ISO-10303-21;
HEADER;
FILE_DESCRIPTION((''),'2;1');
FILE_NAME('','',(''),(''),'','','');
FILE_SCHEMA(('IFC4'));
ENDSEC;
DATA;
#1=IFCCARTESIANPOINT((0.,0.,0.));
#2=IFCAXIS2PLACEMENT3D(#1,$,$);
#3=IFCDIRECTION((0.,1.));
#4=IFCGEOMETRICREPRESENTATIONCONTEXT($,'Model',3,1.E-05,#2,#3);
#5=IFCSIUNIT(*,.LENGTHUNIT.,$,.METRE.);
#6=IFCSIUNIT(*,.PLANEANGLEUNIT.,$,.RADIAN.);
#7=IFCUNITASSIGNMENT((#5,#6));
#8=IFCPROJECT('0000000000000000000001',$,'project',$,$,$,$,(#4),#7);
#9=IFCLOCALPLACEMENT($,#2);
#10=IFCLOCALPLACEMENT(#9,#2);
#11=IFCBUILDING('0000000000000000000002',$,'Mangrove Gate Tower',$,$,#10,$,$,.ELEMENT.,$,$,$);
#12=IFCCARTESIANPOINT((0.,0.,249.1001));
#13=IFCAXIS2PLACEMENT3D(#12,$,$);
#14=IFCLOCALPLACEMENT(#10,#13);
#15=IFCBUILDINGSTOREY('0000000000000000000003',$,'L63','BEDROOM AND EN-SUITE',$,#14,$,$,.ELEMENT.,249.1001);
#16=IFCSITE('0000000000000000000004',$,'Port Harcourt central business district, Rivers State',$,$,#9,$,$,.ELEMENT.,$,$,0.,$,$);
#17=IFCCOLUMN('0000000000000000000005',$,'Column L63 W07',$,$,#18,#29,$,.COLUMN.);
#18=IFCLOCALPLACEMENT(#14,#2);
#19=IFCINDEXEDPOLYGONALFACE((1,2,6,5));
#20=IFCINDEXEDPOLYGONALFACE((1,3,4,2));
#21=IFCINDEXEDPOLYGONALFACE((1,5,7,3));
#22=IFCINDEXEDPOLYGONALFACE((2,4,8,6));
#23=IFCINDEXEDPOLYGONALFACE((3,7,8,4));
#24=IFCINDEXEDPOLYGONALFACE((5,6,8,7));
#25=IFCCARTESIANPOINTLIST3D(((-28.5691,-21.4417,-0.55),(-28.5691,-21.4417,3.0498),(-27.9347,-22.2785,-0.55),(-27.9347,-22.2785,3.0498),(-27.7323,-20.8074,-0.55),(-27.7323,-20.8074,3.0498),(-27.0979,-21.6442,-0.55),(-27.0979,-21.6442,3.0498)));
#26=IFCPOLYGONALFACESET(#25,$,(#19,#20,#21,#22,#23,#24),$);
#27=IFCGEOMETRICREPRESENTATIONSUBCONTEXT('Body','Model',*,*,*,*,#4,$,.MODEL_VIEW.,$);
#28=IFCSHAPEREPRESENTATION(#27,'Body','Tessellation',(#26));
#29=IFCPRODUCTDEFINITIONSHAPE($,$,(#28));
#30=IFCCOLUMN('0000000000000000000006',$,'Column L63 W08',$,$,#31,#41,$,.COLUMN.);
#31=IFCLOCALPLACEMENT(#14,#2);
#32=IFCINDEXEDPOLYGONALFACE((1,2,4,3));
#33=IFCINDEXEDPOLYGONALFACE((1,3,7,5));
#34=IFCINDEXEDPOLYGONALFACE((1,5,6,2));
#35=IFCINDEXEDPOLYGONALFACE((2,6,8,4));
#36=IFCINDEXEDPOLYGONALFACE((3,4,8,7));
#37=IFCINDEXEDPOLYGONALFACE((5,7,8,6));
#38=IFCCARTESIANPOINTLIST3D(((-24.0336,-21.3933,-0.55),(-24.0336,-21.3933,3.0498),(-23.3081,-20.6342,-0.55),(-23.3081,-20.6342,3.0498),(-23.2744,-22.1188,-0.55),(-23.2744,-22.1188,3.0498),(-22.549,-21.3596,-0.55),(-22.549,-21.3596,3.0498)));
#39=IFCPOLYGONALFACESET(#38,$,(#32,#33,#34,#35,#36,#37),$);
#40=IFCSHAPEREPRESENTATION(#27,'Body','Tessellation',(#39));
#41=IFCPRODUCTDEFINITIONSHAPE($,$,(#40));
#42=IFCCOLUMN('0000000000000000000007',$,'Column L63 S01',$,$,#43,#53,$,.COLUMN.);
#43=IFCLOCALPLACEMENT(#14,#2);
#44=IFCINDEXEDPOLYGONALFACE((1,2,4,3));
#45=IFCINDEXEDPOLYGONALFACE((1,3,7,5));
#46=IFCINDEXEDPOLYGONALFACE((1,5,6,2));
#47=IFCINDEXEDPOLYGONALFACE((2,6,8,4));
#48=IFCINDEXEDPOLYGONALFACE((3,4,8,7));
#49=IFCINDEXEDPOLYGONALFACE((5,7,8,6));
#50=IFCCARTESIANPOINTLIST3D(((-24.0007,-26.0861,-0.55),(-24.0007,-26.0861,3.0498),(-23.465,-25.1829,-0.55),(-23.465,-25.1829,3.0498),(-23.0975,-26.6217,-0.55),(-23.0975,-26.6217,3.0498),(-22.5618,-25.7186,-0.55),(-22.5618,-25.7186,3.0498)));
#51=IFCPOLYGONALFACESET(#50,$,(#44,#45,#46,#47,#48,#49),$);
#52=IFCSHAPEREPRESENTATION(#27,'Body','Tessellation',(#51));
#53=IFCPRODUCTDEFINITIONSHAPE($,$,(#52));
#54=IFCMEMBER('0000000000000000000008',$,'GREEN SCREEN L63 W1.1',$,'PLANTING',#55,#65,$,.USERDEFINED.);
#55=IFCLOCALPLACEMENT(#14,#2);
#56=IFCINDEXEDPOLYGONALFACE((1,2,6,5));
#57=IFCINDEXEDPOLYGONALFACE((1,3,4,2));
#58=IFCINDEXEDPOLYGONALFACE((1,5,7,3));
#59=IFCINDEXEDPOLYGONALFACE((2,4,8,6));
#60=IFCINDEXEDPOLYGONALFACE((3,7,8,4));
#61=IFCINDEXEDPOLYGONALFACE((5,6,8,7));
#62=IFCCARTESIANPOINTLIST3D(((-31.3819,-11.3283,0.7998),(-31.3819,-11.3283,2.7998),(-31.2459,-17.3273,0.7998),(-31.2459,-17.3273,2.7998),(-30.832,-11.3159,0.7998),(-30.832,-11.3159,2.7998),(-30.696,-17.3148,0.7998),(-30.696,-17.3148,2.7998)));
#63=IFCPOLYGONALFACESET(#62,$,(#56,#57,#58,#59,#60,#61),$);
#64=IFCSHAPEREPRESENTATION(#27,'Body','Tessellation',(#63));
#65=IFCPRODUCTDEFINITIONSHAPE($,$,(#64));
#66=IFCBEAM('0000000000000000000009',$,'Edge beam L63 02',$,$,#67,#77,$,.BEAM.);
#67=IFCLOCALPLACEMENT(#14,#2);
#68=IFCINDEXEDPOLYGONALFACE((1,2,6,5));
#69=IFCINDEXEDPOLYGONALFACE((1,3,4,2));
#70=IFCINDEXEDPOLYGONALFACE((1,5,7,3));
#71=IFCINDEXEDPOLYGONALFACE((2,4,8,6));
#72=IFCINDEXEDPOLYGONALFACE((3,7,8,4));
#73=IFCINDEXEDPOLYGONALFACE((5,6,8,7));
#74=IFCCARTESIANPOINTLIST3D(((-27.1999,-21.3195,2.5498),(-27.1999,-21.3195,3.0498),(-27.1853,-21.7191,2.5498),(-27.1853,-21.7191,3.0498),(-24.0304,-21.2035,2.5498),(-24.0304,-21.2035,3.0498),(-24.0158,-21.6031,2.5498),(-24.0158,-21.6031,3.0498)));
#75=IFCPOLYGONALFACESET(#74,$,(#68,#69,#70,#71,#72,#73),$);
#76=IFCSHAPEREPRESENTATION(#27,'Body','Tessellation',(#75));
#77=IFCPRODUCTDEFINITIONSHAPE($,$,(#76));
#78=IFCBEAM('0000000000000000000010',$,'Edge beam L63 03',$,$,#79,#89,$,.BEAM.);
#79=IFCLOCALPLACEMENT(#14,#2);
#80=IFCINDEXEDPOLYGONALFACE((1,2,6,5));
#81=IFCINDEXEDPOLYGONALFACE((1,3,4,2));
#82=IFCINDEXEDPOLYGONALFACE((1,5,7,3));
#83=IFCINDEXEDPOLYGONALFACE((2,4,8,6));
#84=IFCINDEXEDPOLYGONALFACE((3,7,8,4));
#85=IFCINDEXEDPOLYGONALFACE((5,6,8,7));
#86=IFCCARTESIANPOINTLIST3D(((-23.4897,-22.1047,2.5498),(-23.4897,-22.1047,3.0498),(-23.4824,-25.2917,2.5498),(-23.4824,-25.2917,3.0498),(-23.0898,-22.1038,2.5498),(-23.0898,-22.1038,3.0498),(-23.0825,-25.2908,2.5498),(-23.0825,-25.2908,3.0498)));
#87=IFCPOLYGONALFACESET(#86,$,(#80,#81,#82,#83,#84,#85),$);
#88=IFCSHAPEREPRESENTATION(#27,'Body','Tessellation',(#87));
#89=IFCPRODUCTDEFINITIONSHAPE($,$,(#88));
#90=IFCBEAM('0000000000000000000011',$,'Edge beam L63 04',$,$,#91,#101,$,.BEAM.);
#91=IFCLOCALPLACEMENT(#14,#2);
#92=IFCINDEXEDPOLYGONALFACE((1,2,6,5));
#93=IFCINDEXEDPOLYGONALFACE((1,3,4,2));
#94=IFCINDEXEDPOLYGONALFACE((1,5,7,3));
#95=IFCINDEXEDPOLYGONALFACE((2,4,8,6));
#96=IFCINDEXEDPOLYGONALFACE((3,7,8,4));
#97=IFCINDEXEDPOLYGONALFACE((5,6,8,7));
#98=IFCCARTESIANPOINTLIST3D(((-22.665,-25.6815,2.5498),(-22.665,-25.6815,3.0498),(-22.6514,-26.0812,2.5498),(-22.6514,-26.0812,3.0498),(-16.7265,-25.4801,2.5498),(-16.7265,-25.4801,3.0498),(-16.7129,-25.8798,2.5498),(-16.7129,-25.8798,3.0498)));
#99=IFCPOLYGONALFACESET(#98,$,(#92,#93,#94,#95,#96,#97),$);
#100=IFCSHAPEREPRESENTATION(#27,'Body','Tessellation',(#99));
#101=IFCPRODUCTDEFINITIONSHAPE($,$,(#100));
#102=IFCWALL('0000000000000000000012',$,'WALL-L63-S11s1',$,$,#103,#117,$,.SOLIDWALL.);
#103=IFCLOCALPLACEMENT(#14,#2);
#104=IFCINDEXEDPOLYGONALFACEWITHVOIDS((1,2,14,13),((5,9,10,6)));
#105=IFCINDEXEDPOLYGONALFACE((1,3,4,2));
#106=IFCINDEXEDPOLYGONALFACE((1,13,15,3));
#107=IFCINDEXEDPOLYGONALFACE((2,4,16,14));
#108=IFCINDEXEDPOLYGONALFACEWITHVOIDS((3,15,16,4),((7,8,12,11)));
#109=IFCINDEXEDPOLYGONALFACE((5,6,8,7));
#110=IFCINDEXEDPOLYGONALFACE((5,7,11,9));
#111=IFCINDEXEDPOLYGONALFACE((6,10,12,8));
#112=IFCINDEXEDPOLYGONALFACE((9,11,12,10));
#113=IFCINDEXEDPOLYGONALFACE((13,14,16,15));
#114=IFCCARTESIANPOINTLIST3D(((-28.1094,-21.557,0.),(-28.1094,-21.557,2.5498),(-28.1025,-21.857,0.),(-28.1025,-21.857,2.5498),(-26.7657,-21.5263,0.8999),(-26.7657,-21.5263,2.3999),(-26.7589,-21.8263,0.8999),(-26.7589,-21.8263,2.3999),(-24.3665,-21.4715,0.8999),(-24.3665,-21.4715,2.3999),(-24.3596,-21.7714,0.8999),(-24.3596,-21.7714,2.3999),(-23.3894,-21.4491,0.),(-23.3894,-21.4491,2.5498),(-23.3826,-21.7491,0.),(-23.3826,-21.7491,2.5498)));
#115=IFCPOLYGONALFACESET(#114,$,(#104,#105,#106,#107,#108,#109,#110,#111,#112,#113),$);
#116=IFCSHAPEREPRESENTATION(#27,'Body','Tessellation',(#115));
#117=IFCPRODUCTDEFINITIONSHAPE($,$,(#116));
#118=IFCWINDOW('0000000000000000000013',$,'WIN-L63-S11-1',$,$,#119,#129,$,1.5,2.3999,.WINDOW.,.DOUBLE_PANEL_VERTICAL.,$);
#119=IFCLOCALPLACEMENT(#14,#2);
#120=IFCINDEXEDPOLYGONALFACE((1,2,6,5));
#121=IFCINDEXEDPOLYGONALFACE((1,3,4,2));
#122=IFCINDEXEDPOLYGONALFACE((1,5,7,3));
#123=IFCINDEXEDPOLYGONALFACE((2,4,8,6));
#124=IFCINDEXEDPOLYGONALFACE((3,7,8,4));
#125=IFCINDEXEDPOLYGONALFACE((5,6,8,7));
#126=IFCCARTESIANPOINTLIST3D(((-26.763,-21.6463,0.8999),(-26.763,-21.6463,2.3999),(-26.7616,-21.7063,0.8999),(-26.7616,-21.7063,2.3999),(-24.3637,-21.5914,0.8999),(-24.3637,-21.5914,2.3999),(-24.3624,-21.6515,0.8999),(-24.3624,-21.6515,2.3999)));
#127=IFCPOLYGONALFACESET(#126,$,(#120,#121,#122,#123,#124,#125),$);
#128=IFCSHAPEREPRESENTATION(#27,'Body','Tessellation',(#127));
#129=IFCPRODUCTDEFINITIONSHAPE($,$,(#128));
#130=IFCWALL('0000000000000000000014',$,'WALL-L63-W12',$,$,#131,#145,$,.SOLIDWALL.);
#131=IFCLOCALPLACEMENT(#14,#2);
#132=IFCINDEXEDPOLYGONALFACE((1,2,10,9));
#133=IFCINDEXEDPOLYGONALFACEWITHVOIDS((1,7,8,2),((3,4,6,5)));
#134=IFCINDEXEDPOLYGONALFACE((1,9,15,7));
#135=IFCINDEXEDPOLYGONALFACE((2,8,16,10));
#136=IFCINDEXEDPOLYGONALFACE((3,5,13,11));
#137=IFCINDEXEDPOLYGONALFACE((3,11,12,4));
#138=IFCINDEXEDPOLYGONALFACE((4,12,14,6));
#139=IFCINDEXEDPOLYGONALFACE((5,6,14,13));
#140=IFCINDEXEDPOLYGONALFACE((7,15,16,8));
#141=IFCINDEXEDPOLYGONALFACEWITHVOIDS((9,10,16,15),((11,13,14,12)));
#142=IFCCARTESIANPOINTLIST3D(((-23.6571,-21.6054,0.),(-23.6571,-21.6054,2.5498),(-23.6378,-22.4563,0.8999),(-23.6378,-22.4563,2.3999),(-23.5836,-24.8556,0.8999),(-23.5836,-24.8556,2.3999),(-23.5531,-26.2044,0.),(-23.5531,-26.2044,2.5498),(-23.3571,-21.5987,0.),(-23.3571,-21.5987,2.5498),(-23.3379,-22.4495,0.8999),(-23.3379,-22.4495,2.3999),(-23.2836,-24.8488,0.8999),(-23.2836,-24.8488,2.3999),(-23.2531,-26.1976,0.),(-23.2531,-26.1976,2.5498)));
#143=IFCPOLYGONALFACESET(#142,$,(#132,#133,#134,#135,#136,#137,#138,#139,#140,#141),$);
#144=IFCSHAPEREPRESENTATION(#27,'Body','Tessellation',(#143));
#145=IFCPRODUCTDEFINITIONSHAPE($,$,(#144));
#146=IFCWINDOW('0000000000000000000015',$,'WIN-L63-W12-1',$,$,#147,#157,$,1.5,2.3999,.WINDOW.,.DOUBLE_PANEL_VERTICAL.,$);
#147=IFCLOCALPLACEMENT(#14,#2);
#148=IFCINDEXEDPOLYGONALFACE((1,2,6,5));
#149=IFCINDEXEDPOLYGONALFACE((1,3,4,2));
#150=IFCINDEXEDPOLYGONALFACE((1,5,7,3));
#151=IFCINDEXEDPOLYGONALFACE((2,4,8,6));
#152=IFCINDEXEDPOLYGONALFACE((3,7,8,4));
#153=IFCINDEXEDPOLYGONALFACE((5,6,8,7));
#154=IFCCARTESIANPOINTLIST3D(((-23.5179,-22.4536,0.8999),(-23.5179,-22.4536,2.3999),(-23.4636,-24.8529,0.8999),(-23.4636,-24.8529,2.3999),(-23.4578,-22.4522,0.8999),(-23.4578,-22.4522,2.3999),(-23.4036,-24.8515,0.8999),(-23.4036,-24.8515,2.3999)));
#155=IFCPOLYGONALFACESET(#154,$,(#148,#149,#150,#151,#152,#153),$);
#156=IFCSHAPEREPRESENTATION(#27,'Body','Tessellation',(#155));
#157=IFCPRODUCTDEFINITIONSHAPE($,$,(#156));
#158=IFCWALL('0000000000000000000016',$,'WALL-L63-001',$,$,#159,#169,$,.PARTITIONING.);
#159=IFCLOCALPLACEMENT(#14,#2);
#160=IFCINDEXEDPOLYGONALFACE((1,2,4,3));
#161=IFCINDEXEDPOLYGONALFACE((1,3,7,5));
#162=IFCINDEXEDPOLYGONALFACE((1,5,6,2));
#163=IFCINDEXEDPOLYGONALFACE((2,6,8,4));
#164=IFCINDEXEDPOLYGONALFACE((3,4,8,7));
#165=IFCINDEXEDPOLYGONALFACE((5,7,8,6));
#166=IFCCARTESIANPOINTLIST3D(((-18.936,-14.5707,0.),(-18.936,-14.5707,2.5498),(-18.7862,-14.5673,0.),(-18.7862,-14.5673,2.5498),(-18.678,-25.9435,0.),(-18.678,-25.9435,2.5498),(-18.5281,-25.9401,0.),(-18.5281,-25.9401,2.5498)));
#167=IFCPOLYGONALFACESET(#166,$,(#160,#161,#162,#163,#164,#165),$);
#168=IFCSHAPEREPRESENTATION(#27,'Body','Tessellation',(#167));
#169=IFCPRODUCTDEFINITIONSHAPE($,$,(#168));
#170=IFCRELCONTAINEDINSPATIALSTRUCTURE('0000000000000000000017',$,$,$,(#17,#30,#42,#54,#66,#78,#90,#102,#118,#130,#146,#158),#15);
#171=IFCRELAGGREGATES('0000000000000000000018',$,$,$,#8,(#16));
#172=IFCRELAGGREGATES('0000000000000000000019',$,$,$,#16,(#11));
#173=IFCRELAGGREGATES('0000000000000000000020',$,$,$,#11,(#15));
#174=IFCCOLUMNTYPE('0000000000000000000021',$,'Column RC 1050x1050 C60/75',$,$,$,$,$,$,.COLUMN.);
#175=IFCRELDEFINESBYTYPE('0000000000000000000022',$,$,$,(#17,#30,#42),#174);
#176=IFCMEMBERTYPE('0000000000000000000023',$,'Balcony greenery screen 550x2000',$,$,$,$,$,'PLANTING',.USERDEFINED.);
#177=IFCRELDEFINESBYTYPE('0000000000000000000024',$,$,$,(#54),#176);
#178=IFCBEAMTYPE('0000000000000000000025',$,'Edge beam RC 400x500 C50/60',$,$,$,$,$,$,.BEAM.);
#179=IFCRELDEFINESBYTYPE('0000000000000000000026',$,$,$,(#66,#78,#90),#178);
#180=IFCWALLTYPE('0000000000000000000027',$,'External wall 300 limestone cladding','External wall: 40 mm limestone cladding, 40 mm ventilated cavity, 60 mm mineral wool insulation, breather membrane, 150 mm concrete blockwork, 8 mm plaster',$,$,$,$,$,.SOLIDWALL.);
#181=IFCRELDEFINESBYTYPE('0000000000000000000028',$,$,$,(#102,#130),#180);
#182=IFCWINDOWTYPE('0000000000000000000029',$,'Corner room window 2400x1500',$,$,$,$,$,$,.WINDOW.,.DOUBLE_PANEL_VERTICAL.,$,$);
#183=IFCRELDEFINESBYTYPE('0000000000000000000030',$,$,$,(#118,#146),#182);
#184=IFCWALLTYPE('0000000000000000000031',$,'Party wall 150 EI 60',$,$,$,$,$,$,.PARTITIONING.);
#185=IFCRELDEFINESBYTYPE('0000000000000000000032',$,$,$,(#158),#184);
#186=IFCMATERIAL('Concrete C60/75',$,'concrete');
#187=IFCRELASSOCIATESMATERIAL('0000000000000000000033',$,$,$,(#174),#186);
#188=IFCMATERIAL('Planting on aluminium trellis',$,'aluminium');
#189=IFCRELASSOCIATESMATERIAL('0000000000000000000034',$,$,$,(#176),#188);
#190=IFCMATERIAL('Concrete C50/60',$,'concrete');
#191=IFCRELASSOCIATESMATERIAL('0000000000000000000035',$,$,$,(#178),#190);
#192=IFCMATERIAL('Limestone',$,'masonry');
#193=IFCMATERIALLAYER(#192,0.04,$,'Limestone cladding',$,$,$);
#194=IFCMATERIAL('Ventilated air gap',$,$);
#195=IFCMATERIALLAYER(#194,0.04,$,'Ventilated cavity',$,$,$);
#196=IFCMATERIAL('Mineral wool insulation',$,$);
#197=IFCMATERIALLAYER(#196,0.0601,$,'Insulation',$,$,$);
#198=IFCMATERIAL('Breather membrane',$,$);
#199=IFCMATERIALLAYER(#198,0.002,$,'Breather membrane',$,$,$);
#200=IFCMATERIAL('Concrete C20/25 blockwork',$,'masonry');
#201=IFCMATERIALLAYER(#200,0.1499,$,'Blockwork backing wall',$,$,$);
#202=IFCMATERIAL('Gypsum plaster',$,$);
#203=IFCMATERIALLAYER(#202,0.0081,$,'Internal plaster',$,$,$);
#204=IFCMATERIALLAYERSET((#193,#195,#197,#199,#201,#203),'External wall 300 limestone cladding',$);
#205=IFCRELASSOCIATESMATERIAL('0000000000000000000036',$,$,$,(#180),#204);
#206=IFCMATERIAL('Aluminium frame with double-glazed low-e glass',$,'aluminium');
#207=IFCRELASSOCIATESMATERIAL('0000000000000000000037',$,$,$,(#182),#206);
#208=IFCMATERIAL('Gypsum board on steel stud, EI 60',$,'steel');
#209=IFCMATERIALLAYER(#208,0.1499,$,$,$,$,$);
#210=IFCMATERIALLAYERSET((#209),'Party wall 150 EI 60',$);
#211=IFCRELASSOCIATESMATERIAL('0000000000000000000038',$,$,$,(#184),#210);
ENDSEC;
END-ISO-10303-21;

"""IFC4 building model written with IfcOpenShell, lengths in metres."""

from ifc_helpers import new_model, si_unit, direction, frame, frame_2d, origin, origin_2d, place, context, subcontext, project, spatial, rectangle, extrude, material, layer, layer_set, material_profile, profile_set, type_object, element, fill, save


model = new_model("IFC4")

# Units and contexts
model_context = context("Model", 3, precision=1e-05, world=origin(), true_north=direction((0.0, 1.0)))
body_context = subcontext(model_context, "Body", "Model", "MODEL_VIEW")
ifc_project = project(units=[si_unit("LENGTHUNIT", "METRE"), si_unit("PLANEANGLEUNIT", "RADIAN")], contexts=[model_context])

# Site, building, storey
site_placement = place(None, origin())
site = spatial("IfcSite", under=ifc_project, at=site_placement, Name="Port Harcourt central business district, Rivers State", CompositionType="ELEMENT", RefElevation=0.0)
building_placement = place(site_placement, origin())
building = spatial("IfcBuilding", under=site, at=building_placement, Name="Mangrove Gate Tower", CompositionType="ELEMENT")
storey_placement = place(building_placement, frame((0.0, 0.0, 249.1001)))
storey = spatial("IfcBuildingStorey", under=building, at=storey_placement, Name="L63", Description="BEDROOM AND EN-SUITE", CompositionType="ELEMENT", Elevation=249.1001)

# Columns
ifc_material_1 = material(Name="Concrete C60/75", Category="concrete")
ifc_material_profile_1 = material_profile(ifc_material_1, rectangle(XDim=1.05, YDim=1.05, at=origin_2d()))
ifc_profile_set_1 = profile_set([ifc_material_profile_1], Name="Concrete C60/75")
column_type = type_object("IfcColumnType", Name="Column RC 1050x1050 C60/75", PredefinedType="COLUMN", material=ifc_profile_set_1)
for number, where, z_axis, x_axis, name in (
    (1, (-27.8335, -21.543, -0.55), (0.0, 0.0, 1.0), (0.604088, -0.796917, 0.0), "Column L63 W07"),
    (2, (-23.2913, -21.3765, -0.55), (0.0, 0.0, 1.0), (0.722989, -0.69086, 0.0), "Column L63 W08"),
    (3, (-23.2812, -25.9023, -0.55), (0.0, 0.0, 1.0), (0.860103, -0.510121, 0.0), "Column L63 S01"),
):
    element("IfcColumn", number, at=place(storey_placement, frame(where, z_axis=z_axis, x_axis=x_axis)), inside=storey, type_object=column_type, Name=name, PredefinedType="COLUMN", context=body_context, shape_type="SweptSolid", body=[
        extrude(rectangle(XDim=1.05, YDim=1.05, at=origin_2d()), origin(), (0.0, 0.0, 1.0), 3.5999),
    ])

# Member
ifc_material_2 = material(Name="Planting on aluminium trellis", Category="aluminium")
ifc_material_profile_2 = material_profile(ifc_material_2, rectangle(XDim=0.55, YDim=2.0, at=origin_2d()))
ifc_profile_set_2 = profile_set([ifc_material_profile_2], Name="Planting on aluminium trellis")
member_type = type_object("IfcMemberType", Name="Balcony greenery screen 550x2000", ElementType="PLANTING", PredefinedType="USERDEFINED", material=ifc_profile_set_2)
member_placement = place(storey_placement, frame((-30.9709, -17.321, 1.7998), z_axis=(-0.022662, 0.999743, 0.0), x_axis=(-0.999743, -0.022662, 0.0)))
element("IfcMember", 4, at=member_placement, inside=storey, type_object=member_type, Name="GREEN SCREEN L63 W1.1", ObjectType="PLANTING", PredefinedType="USERDEFINED", context=body_context, shape_type="SweptSolid", body=[
    extrude(rectangle(XDim=0.55, YDim=2.0, at=origin_2d()), origin(), (0.0, 0.0, 1.0), 6.0005),
])

# Beams
ifc_material_3 = material(Name="Concrete C50/60", Category="concrete")
ifc_material_profile_3 = material_profile(ifc_material_3, rectangle(XDim=0.3999, YDim=0.5, at=origin_2d()))
ifc_profile_set_3 = profile_set([ifc_material_profile_3], Name="Concrete C50/60")
beam_type = type_object("IfcBeamType", Name="Edge beam RC 400x500 C50/60", PredefinedType="BEAM", material=ifc_profile_set_3)
beam_1_placement = place(storey_placement, frame((-27.1926, -21.5193, 2.7998), z_axis=(0.999331, 0.036565, 0.0), x_axis=(-0.036565, 0.999331, 0.0)))
element("IfcBeam", 5, at=beam_1_placement, inside=storey, type_object=beam_type, Name="Edge beam L63 02", PredefinedType="BEAM", context=body_context, shape_type="SweptSolid", body=[
    extrude(rectangle(XDim=0.3999, YDim=0.5, at=origin_2d()), origin(), (0.0, 0.0, 1.0), 3.1716),
])
beam_2_placement = place(storey_placement, frame((-23.2898, -22.1042, 2.7998), z_axis=(0.002298, -0.999997, 0.0), x_axis=(0.999997, 0.002298, 0.0)))
element("IfcBeam", 6, at=beam_2_placement, inside=storey, type_object=beam_type, Name="Edge beam L63 03", PredefinedType="BEAM", context=body_context, shape_type="SweptSolid", body=[
    extrude(rectangle(XDim=0.3999, YDim=0.5, at=origin_2d()), origin(), (0.0, 0.0, 1.0), 3.187),
])
beam_3_placement = place(storey_placement, frame((-22.6582, -25.8813, 2.7998), z_axis=(0.999425, 0.033898, 0.0), x_axis=(-0.033898, 0.999425, 0.0)))
element("IfcBeam", 7, at=beam_3_placement, inside=storey, type_object=beam_type, Name="Edge beam L63 04", PredefinedType="BEAM", context=body_context, shape_type="SweptSolid", body=[
    extrude(rectangle(XDim=0.3999, YDim=0.5, at=origin_2d()), origin(), (0.0, 0.0, 1.0), 5.9419),
])

# Walls, openings, windows
ifc_material_4 = material(Name="Limestone", Category="masonry")
ifc_layer_1 = layer(ifc_material_4, 0.04, Name="Limestone cladding")
ifc_material_5 = material(Name="Ventilated air gap")
ifc_layer_2 = layer(ifc_material_5, 0.04, Name="Ventilated cavity")
ifc_material_6 = material(Name="Mineral wool insulation")
ifc_layer_3 = layer(ifc_material_6, 0.0601, Name="Insulation")
ifc_material_7 = material(Name="Breather membrane")
ifc_layer_4 = layer(ifc_material_7, 0.002, Name="Breather membrane")
ifc_material_8 = material(Name="Concrete C20/25 blockwork", Category="masonry")
ifc_layer_5 = layer(ifc_material_8, 0.1499, Name="Blockwork backing wall")
ifc_material_9 = material(Name="Gypsum plaster")
ifc_layer_6 = layer(ifc_material_9, 0.0081, Name="Internal plaster")
ifc_layer_set_1 = layer_set([ifc_layer_1, ifc_layer_2, ifc_layer_3, ifc_layer_4, ifc_layer_5, ifc_layer_6], Name="External wall 300 limestone cladding")
wall_type_1 = type_object("IfcWallType", Name="External wall 300 limestone cladding", Description="External wall: 40 mm limestone cladding, 40 mm ventilated cavity, 60 mm mineral wool insulation, breather membrane, 150 mm concrete blockwork, 8 mm plaster", PredefinedType="SOLIDWALL", material=ifc_layer_set_1)
wall_1_placement = place(storey_placement, frame((-28.106, -21.707, 0.0), z_axis=(0.0, 0.0, 1.0), x_axis=(0.999739, 0.022856, 0.0)))
wall_1 = element("IfcWall", 8, at=wall_1_placement, inside=storey, type_object=wall_type_1, Name="WALL-L63-S11s1", PredefinedType="SOLIDWALL", context=body_context, shape_type="SweptSolid", body=[
    extrude(rectangle(XDim=4.7212, YDim=0.3, at=frame_2d((2.3606, 0.0))), origin(), (0.0, 0.0, 1.0), 2.5498),
])
opening_1_placement = place(wall_1_placement, frame((1.344, 0.0, 0.8999)))
opening_1 = element("IfcOpeningElement", 9, at=opening_1_placement, cuts=wall_1, PredefinedType="OPENING", context=body_context, shape_type="SweptSolid", body=[
    extrude(rectangle(XDim=2.3999, YDim=1.5, at=frame_2d((1.2, 0.75))), frame((0.0, 0.1599, 0.0), z_axis=(0.0, -1.0, 0.0), x_axis=(1.0, 0.0, 0.0)), (0.0, 0.0, 1.0), 0.3201),
])
ifc_material_10 = material(Name="Aluminium frame with double-glazed low-e glass", Category="aluminium")
window_type = type_object("IfcWindowType", Name="Corner room window 2400x1500", PartitioningType="DOUBLE_PANEL_VERTICAL", PredefinedType="WINDOW", material=ifc_material_10)
window_1_placement = place(opening_1_placement, origin())
window_1 = element("IfcWindow", 10, at=window_1_placement, inside=storey, type_object=window_type, Name="WIN-L63-S11-1", OverallHeight=1.5, OverallWidth=2.3999, PartitioningType="DOUBLE_PANEL_VERTICAL", PredefinedType="WINDOW", context=body_context, shape_type="SweptSolid", body=[
    extrude(rectangle(XDim=2.3999, YDim=1.5, at=frame_2d((1.2, 0.75))), frame((0.0, 0.03, 0.0), z_axis=(0.0, -1.0, 0.0), x_axis=(1.0, 0.0, 0.0)), (0.0, 0.0, 1.0), 0.0601),
])
fill(opening_1, window_1)
wall_2_placement = place(storey_placement, frame((-23.5071, -21.6021, 0.0), z_axis=(0.0, 0.0, 1.0), x_axis=(0.022609, -0.999744, 0.0)))
wall_2 = element("IfcWall", 11, at=wall_2_placement, inside=storey, type_object=wall_type_1, Name="WALL-L63-W12", PredefinedType="SOLIDWALL", context=body_context, shape_type="SweptSolid", body=[
    extrude(rectangle(XDim=4.6001, YDim=0.3, at=frame_2d((2.3, 0.0))), origin(), (0.0, 0.0, 1.0), 2.5498),
])
opening_2_placement = place(wall_2_placement, frame((0.8511, 0.0, 0.8999)))
opening_2 = element("IfcOpeningElement", 12, at=opening_2_placement, cuts=wall_2, PredefinedType="OPENING", context=body_context, shape_type="SweptSolid", body=[
    extrude(rectangle(XDim=2.3999, YDim=1.5, at=frame_2d((1.2, 0.75))), frame((0.0, 0.1599, 0.0), z_axis=(0.0, -1.0, 0.0), x_axis=(1.0, 0.0, 0.0)), (0.0, 0.0, 1.0), 0.3201),
])
window_2_placement = place(opening_2_placement, origin())
window_2 = element("IfcWindow", 13, at=window_2_placement, inside=storey, type_object=window_type, Name="WIN-L63-W12-1", OverallHeight=1.5, OverallWidth=2.3999, PartitioningType="DOUBLE_PANEL_VERTICAL", PredefinedType="WINDOW", context=body_context, shape_type="SweptSolid", body=[
    extrude(rectangle(XDim=2.3999, YDim=1.5, at=frame_2d((1.2, 0.75))), frame((0.0, 0.03, 0.0), z_axis=(0.0, -1.0, 0.0), x_axis=(1.0, 0.0, 0.0)), (0.0, 0.0, 1.0), 0.0601),
])
fill(opening_2, window_2)

# Wall
ifc_material_11 = material(Name="Gypsum board on steel stud, EI 60", Category="steel")
ifc_layer_7 = layer(ifc_material_11, 0.1499)
ifc_layer_set_2 = layer_set([ifc_layer_7], Name="Party wall 150 EI 60")
wall_type_2 = type_object("IfcWallType", Name="Party wall 150 EI 60", PredefinedType="PARTITIONING", material=ifc_layer_set_2)
wall_3_placement = place(storey_placement, frame((-18.603, -25.9419, 0.0), z_axis=(0.0, 0.0, 1.0), x_axis=(-0.022685, 0.999743, 0.0)))
element("IfcWall", 14, at=wall_3_placement, inside=storey, type_object=wall_type_2, Name="WALL-L63-001", PredefinedType="PARTITIONING", context=body_context, shape_type="SweptSolid", body=[
    extrude(rectangle(XDim=11.3757, YDim=0.1499, at=frame_2d((5.688, 0.0))), origin(), (0.0, 0.0, 1.0), 2.5498),
])

save(model, "model.ifc")
